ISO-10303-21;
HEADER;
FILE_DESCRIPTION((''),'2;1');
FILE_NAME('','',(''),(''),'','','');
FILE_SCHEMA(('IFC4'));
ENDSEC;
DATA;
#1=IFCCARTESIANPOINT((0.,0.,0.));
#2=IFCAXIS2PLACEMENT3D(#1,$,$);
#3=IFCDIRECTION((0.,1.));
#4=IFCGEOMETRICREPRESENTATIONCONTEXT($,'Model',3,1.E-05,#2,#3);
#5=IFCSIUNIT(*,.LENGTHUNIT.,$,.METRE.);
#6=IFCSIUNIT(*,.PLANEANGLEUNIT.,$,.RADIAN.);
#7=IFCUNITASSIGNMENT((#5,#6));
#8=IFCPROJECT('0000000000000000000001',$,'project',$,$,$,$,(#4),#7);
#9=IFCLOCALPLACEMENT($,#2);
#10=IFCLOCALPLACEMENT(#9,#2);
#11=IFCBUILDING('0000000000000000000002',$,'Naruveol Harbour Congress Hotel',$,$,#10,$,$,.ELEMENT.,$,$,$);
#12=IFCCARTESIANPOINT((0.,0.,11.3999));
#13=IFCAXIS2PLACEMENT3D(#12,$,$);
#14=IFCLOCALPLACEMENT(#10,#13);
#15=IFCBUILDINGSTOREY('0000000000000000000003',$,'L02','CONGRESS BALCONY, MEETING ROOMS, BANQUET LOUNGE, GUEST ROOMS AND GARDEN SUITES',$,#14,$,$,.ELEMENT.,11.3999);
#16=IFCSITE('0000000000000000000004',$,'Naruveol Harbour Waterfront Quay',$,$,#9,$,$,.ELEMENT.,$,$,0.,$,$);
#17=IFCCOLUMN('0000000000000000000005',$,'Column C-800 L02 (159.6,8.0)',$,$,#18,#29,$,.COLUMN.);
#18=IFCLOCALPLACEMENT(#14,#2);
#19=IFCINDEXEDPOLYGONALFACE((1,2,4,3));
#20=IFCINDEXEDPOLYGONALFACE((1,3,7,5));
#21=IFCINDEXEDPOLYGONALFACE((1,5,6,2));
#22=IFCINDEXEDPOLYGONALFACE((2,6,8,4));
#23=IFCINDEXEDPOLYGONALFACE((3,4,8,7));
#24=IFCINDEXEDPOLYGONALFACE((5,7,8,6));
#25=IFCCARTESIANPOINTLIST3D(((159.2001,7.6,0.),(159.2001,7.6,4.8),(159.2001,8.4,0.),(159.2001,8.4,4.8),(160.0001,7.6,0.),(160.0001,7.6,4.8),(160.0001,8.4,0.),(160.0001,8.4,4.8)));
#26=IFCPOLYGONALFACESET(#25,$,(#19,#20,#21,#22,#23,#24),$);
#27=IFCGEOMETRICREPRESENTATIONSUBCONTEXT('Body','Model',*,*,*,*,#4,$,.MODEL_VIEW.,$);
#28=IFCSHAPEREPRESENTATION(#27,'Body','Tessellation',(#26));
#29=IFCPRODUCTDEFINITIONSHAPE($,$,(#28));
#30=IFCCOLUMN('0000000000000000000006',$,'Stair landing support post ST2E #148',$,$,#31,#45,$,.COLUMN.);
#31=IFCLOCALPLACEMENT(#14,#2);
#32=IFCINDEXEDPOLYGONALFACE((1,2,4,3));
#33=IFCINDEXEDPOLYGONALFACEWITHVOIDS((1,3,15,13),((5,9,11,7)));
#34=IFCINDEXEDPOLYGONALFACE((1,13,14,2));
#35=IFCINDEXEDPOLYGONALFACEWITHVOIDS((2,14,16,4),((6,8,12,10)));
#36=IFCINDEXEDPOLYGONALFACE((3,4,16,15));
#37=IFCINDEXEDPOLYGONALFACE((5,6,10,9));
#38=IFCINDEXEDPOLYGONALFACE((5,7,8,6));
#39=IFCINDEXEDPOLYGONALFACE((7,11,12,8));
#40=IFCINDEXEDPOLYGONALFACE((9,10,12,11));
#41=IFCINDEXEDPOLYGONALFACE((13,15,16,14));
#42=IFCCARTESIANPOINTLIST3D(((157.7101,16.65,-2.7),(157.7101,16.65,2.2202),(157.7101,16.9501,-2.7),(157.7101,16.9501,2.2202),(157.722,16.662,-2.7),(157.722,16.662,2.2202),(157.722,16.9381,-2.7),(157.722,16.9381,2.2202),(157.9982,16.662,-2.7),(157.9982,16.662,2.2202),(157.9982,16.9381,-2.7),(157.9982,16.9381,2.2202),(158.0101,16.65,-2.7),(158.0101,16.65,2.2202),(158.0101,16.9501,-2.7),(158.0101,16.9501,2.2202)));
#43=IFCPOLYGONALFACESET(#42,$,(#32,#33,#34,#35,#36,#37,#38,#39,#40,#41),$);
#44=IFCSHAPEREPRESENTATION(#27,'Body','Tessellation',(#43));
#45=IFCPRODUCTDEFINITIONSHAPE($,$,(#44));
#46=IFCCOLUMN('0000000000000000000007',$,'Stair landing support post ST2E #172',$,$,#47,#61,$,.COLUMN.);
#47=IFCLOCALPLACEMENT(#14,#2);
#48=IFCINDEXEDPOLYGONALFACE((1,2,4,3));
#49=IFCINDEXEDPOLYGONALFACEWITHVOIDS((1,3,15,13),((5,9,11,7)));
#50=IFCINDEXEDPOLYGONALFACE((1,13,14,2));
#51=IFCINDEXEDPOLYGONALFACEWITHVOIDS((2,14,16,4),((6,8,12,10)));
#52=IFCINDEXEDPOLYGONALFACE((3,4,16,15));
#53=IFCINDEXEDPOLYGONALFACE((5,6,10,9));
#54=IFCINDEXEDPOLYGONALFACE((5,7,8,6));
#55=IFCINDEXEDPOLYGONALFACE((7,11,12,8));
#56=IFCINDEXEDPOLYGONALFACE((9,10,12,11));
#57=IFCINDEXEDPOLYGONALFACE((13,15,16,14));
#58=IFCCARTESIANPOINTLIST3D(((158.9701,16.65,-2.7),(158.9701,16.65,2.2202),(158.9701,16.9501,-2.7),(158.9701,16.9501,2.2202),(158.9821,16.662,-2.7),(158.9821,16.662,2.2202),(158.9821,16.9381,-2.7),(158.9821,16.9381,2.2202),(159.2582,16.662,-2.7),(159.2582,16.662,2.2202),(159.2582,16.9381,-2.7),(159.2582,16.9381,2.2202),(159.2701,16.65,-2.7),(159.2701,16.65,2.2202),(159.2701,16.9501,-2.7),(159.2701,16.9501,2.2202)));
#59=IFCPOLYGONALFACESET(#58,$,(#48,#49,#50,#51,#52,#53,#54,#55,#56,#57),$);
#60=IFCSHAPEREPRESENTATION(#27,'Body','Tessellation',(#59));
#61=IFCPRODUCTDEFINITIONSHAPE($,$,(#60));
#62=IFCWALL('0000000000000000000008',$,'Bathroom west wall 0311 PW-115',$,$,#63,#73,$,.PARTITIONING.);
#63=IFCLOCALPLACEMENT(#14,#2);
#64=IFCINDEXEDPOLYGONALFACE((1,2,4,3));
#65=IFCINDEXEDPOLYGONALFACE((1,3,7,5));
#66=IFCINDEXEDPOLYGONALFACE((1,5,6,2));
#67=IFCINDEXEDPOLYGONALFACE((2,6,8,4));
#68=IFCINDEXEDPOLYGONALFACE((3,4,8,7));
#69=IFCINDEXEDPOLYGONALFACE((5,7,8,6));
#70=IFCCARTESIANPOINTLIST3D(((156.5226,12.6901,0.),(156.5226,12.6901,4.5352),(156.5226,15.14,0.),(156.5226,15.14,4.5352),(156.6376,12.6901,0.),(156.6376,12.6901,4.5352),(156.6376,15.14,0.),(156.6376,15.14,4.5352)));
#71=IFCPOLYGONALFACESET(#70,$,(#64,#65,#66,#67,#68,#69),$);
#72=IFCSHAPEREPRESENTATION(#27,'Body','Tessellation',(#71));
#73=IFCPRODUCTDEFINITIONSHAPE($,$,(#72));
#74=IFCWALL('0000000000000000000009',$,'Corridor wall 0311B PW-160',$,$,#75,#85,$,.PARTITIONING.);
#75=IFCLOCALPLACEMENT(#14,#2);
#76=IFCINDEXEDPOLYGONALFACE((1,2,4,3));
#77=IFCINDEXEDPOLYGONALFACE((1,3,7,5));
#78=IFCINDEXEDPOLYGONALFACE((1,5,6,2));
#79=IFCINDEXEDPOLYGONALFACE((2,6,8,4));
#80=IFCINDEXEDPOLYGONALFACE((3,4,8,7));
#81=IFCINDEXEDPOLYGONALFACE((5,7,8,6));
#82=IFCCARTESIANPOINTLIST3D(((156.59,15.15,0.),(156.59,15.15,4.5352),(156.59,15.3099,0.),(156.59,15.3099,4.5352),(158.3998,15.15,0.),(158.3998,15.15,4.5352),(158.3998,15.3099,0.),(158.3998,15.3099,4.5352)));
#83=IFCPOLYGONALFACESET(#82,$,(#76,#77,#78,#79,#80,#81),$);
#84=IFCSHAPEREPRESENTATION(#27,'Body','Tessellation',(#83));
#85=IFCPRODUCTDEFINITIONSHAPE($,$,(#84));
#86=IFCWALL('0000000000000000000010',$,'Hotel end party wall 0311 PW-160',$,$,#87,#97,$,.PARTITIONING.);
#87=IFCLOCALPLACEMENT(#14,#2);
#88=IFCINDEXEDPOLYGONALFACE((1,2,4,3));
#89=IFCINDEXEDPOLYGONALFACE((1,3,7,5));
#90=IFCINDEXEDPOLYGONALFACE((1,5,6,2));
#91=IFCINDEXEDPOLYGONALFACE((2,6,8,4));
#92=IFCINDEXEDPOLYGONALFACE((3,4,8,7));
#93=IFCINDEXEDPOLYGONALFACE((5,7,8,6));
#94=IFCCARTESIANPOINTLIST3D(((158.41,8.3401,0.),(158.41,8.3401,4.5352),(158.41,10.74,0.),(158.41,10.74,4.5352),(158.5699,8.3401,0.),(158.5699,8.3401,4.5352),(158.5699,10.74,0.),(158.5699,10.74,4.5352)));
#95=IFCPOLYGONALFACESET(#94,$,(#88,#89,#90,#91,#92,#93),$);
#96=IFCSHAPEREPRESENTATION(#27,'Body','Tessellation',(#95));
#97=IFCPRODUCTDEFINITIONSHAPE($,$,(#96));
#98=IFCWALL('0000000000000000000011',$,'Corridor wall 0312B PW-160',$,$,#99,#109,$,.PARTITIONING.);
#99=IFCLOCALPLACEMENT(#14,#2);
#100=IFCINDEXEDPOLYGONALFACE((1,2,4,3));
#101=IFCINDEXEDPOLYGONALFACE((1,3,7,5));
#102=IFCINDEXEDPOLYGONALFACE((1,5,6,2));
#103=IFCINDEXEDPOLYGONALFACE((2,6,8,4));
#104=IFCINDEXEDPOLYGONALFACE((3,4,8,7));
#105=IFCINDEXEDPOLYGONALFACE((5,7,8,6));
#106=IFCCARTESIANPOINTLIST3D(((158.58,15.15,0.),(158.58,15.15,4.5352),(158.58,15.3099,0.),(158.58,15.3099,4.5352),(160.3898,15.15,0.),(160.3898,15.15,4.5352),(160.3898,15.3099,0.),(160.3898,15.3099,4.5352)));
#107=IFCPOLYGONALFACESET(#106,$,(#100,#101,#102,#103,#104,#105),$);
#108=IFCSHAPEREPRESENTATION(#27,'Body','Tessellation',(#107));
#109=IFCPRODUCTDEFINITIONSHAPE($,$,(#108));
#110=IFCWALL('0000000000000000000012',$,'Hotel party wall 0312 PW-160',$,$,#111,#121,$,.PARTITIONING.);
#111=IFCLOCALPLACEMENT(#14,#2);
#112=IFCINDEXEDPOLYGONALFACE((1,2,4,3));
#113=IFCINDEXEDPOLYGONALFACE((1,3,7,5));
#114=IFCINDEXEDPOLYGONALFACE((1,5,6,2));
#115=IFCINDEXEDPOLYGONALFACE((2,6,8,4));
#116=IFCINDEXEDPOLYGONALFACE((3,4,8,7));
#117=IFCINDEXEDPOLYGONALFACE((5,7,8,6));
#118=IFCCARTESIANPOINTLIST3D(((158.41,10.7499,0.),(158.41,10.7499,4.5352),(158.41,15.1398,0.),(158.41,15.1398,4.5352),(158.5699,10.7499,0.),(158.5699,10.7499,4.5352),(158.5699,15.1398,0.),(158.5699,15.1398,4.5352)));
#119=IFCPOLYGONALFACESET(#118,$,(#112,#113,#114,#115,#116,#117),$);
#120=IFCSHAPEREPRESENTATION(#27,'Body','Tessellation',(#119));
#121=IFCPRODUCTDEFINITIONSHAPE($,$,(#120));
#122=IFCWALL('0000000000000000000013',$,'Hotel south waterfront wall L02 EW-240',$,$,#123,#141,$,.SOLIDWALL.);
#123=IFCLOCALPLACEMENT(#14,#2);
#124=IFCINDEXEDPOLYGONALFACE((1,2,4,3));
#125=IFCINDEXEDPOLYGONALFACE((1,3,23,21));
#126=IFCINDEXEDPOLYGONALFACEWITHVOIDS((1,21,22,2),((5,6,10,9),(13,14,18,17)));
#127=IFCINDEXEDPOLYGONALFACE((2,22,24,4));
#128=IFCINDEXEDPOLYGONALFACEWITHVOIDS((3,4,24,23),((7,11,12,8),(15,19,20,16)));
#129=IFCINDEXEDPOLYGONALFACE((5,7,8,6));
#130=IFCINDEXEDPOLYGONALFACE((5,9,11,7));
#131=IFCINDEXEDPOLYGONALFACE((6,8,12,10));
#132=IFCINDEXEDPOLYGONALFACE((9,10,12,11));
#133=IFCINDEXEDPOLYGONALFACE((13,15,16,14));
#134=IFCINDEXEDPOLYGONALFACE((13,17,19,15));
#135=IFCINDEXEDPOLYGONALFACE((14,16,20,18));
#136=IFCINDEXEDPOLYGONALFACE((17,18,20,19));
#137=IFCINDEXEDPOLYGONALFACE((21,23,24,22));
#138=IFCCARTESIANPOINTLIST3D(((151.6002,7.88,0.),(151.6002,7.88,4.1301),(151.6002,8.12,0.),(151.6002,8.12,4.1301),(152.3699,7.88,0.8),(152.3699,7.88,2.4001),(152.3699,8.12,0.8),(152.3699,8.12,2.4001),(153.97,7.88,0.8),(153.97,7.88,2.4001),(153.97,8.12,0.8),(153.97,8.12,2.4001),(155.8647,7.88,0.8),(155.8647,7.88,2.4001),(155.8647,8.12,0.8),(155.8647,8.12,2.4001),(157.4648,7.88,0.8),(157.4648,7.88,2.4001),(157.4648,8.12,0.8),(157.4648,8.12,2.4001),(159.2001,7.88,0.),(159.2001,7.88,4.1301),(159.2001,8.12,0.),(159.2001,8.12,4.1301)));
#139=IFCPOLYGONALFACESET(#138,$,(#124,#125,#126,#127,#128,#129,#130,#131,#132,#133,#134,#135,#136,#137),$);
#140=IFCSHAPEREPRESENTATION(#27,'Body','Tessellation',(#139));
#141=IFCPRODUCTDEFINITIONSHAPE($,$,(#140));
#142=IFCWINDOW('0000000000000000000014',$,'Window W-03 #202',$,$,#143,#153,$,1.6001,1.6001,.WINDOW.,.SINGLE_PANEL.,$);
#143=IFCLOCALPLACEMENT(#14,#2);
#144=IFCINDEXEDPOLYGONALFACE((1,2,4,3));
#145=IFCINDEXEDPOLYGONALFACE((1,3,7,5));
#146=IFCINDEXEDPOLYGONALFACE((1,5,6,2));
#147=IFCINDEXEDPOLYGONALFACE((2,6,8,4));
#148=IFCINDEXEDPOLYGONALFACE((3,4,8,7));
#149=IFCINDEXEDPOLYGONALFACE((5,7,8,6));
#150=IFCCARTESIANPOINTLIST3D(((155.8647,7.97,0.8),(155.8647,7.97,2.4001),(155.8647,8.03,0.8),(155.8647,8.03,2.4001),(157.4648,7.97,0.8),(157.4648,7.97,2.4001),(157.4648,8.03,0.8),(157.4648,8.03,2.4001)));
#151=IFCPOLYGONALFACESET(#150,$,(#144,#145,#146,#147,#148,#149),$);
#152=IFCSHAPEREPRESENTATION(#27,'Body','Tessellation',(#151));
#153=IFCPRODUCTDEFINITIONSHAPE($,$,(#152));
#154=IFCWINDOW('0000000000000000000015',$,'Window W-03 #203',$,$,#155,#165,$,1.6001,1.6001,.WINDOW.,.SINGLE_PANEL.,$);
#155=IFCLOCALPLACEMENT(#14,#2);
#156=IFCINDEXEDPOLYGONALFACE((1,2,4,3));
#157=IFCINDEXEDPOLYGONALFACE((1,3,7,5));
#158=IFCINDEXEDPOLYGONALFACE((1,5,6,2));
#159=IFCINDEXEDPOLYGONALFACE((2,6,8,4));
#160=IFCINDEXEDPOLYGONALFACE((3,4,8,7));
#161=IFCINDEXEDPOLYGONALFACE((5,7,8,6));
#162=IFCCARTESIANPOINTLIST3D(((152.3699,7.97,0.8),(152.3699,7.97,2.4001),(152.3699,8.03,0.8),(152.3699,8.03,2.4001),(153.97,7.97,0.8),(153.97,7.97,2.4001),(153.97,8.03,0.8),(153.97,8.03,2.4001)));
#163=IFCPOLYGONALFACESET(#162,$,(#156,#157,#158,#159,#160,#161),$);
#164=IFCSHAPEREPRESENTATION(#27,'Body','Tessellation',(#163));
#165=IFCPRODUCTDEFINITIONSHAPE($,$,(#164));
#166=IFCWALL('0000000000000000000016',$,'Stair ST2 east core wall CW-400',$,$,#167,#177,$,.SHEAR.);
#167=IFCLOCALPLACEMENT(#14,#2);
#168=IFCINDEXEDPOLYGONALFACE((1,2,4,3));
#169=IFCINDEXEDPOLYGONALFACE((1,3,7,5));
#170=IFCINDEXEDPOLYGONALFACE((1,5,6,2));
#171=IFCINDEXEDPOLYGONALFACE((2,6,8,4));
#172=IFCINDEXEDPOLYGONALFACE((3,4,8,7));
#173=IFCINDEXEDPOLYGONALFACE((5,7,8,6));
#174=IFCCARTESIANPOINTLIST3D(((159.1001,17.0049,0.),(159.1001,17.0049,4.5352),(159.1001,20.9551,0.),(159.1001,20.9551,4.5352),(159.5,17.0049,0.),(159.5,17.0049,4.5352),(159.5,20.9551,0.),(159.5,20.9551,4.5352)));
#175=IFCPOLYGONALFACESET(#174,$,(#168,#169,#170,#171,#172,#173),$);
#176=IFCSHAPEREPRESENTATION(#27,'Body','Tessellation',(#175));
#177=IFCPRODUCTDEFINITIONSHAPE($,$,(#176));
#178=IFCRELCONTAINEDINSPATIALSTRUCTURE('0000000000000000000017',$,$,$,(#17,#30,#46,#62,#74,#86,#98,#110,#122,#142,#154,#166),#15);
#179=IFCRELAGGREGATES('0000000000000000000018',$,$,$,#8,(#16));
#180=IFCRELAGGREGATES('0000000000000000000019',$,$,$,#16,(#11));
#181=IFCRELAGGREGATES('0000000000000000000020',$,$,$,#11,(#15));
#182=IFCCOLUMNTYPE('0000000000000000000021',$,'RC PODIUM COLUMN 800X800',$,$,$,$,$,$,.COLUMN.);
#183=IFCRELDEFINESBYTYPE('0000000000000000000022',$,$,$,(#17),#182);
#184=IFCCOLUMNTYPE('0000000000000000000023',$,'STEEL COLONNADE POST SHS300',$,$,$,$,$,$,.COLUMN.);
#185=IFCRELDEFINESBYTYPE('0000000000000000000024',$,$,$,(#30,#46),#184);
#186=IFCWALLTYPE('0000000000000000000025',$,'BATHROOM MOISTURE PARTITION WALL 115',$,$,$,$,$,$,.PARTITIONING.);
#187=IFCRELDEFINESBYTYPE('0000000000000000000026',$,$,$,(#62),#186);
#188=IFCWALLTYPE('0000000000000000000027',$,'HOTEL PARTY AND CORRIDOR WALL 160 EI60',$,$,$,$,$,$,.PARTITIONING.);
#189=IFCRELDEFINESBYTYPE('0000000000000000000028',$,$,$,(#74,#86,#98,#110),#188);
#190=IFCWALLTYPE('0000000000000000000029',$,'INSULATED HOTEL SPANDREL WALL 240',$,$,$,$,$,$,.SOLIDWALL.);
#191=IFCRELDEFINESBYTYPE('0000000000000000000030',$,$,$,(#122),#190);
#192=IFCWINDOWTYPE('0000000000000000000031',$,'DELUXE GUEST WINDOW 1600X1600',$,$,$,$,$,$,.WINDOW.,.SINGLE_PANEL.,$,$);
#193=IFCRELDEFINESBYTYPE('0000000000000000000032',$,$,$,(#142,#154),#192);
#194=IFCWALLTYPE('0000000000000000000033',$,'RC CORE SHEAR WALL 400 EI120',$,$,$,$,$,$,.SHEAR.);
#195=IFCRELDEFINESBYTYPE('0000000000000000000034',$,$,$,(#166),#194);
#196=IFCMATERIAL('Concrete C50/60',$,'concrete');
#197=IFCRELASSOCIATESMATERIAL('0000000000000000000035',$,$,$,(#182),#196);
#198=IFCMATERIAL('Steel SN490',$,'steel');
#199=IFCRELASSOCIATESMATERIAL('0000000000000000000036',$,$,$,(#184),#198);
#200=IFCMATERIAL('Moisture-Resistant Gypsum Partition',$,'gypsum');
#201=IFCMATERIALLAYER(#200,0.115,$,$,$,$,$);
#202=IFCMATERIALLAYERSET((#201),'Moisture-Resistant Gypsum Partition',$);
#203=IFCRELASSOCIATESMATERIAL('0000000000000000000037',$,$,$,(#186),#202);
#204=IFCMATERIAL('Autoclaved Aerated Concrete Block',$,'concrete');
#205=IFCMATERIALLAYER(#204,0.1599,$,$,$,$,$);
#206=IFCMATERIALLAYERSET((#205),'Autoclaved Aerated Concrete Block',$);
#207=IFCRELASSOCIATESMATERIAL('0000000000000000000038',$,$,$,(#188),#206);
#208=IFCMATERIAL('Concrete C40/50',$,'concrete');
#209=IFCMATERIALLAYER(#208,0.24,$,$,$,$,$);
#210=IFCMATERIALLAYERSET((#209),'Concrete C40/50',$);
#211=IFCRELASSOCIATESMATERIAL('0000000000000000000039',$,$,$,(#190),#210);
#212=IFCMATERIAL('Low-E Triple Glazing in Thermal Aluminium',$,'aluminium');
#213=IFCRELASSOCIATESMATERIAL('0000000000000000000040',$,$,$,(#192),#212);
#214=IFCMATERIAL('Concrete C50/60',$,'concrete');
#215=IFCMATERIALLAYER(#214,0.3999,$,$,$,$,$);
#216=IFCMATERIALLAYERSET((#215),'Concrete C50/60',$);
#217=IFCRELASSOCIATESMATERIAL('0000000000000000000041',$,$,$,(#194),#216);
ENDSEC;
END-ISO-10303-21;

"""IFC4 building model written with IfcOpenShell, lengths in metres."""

from ifc_helpers import new_model, si_unit, direction, frame, frame_2d, origin, origin_2d, place, context, subcontext, project, spatial, rectangle, hollow_rectangle, extrude, material, layer, layer_set, material_profile, profile_set, type_object, element, fill, save


model = new_model("IFC4")

# Units and contexts
model_context = context("Model", 3, precision=1e-05, world=origin(), true_north=direction((0.0, 1.0)))
body_context = subcontext(model_context, "Body", "Model", "MODEL_VIEW")
ifc_project = project(units=[si_unit("LENGTHUNIT", "METRE"), si_unit("PLANEANGLEUNIT", "RADIAN")], contexts=[model_context])

# Site, building, storey
site_placement = place(None, origin())
site = spatial("IfcSite", under=ifc_project, at=site_placement, Name="Naruveol Harbour Waterfront Quay", CompositionType="ELEMENT", RefElevation=0.0)
building_placement = place(site_placement, origin())
building = spatial("IfcBuilding", under=site, at=building_placement, Name="Naruveol Harbour Congress Hotel", CompositionType="ELEMENT")
storey_placement = place(building_placement, frame((0.0, 0.0, 11.3999)))
storey = spatial("IfcBuildingStorey", under=building, at=storey_placement, Name="L02", Description="CONGRESS BALCONY, MEETING ROOMS, BANQUET LOUNGE, GUEST ROOMS AND GARDEN SUITES", CompositionType="ELEMENT", Elevation=11.3999)

# Columns
ifc_material_1 = material(Name="Concrete C50/60", Category="concrete")
ifc_material_profile_1 = material_profile(ifc_material_1, rectangle(XDim=0.8, YDim=0.8, at=origin_2d()), Name="RC-800x800")
ifc_profile_set_1 = profile_set([ifc_material_profile_1], Name="Concrete C50/60")
column_type_1 = type_object("IfcColumnType", Name="RC PODIUM COLUMN 800X800", PredefinedType="COLUMN", material=ifc_profile_set_1)
column_placement = place(storey_placement, frame((159.6001, 8.0, 0.0), z_axis=(0.0, 0.0, 1.0), x_axis=(1.0, 0.0, 0.0)))
element("IfcColumn", 1, at=column_placement, inside=storey, type_object=column_type_1, Name="Column C-800 L02 (159.6,8.0)", PredefinedType="COLUMN", context=body_context, shape_type="SweptSolid", body=[
    extrude(rectangle(XDim=0.8, YDim=0.8, at=origin_2d()), origin(), (0.0, 0.0, 1.0), 4.8),
])
ifc_material_2 = material(Name="Steel SN490", Category="steel")
ifc_material_profile_2 = material_profile(ifc_material_2, hollow_rectangle(XDim=0.3, YDim=0.3, WallThickness=0.012, at=origin_2d()), Name="SHS-300x300x12")
ifc_profile_set_2 = profile_set([ifc_material_profile_2], Name="Steel SN490")
column_type_2 = type_object("IfcColumnType", Name="STEEL COLONNADE POST SHS300", PredefinedType="COLUMN", material=ifc_profile_set_2)
for number, where, z_axis, x_axis, name in (
    (2, (157.8601, 16.8, -2.7), (0.0, 0.0, 1.0), (1.0, 0.0, 0.0), "Stair landing support post ST2E #148"),
    (3, (159.1201, 16.8, -2.7), (0.0, 0.0, 1.0), (1.0, 0.0, 0.0), "Stair landing support post ST2E #172"),
):
    element("IfcColumn", number, at=place(storey_placement, frame(where, z_axis=z_axis, x_axis=x_axis)), inside=storey, type_object=column_type_2, Name=name, PredefinedType="COLUMN", context=body_context, shape_type="SweptSolid", body=[
        extrude(hollow_rectangle(XDim=0.3, YDim=0.3, WallThickness=0.012, at=origin_2d()), origin(), (0.0, 0.0, 1.0), 4.9202),
    ])

# Wall
ifc_material_3 = material(Name="Moisture-Resistant Gypsum Partition", Category="gypsum")
ifc_layer_1 = layer(ifc_material_3, 0.115)
ifc_layer_set_1 = layer_set([ifc_layer_1], Name="Moisture-Resistant Gypsum Partition")
wall_type_1 = type_object("IfcWallType", Name="BATHROOM MOISTURE PARTITION WALL 115", PredefinedType="PARTITIONING", material=ifc_layer_set_1)
wall_1_placement = place(storey_placement, frame((156.5801, 12.6899, 0.0), z_axis=(0.0, 0.0, 1.0), x_axis=(0.0, 1.0, 0.0)))
element("IfcWall", 4, at=wall_1_placement, inside=storey, type_object=wall_type_1, Name="Bathroom west wall 0311 PW-115", PredefinedType="PARTITIONING", context=body_context, shape_type="SweptSolid", body=[
    extrude(rectangle(XDim=2.45, YDim=0.115, at=frame_2d((1.2251, 0.0))), origin(), (0.0, 0.0, 1.0), 4.5352),
])

# Walls
ifc_material_4 = material(Name="Autoclaved Aerated Concrete Block", Category="concrete")
ifc_layer_2 = layer(ifc_material_4, 0.1599)
ifc_layer_set_2 = layer_set([ifc_layer_2], Name="Autoclaved Aerated Concrete Block")
wall_type_2 = type_object("IfcWallType", Name="HOTEL PARTY AND CORRIDOR WALL 160 EI60", PredefinedType="PARTITIONING", material=ifc_layer_set_2)
wall_2_placement = place(storey_placement, frame((156.5901, 15.23, 0.0), z_axis=(0.0, 0.0, 1.0), x_axis=(1.0, 0.0, 0.0)))
element("IfcWall", 5, at=wall_2_placement, inside=storey, type_object=wall_type_2, Name="Corridor wall 0311B PW-160", PredefinedType="PARTITIONING", context=body_context, shape_type="SweptSolid", body=[
    extrude(rectangle(XDim=1.8098, YDim=0.1599, at=frame_2d((0.9048, 0.0))), origin(), (0.0, 0.0, 1.0), 4.5352),
])
wall_3_placement = place(storey_placement, frame((158.49, 8.3401, 0.0), z_axis=(0.0, 0.0, 1.0), x_axis=(0.0, 1.0, 0.0)))
element("IfcWall", 6, at=wall_3_placement, inside=storey, type_object=wall_type_2, Name="Hotel end party wall 0311 PW-160", PredefinedType="PARTITIONING", context=body_context, shape_type="SweptSolid", body=[
    extrude(rectangle(XDim=2.3999, YDim=0.1599, at=frame_2d((1.2, 0.0))), origin(), (0.0, 0.0, 1.0), 4.5352),
])
wall_4_placement = place(storey_placement, frame((158.5801, 15.23, 0.0), z_axis=(0.0, 0.0, 1.0), x_axis=(1.0, 0.0, 0.0)))
element("IfcWall", 7, at=wall_4_placement, inside=storey, type_object=wall_type_2, Name="Corridor wall 0312B PW-160", PredefinedType="PARTITIONING", context=body_context, shape_type="SweptSolid", body=[
    extrude(rectangle(XDim=1.8098, YDim=0.1599, at=frame_2d((0.9048, 0.0))), origin(), (0.0, 0.0, 1.0), 4.5352),
])
wall_5_placement = place(storey_placement, frame((158.49, 10.75, 0.0), z_axis=(0.0, 0.0, 1.0), x_axis=(0.0, 1.0, 0.0)))
element("IfcWall", 8, at=wall_5_placement, inside=storey, type_object=wall_type_2, Name="Hotel party wall 0312 PW-160", PredefinedType="PARTITIONING", context=body_context, shape_type="SweptSolid", body=[
    extrude(rectangle(XDim=4.3899, YDim=0.1599, at=frame_2d((2.1948, 0.0))), origin(), (0.0, 0.0, 1.0), 4.5352),
])

# Wall, openings, windows
ifc_material_5 = material(Name="Concrete C40/50", Category="concrete")
ifc_layer_3 = layer(ifc_material_5, 0.24)
ifc_layer_set_3 = layer_set([ifc_layer_3], Name="Concrete C40/50")
wall_type_3 = type_object("IfcWallType", Name="INSULATED HOTEL SPANDREL WALL 240", PredefinedType="SOLIDWALL", material=ifc_layer_set_3)
wall_6_placement = place(storey_placement, frame((159.2, 8.0, 0.0), z_axis=(0.0, 0.0, 1.0), x_axis=(-1.0, 0.0, 0.0)))
wall_6 = element("IfcWall", 9, at=wall_6_placement, inside=storey, type_object=wall_type_3, Name="Hotel south waterfront wall L02 EW-240", PredefinedType="SOLIDWALL", context=body_context, shape_type="SweptSolid", body=[
    extrude(rectangle(XDim=7.5999, YDim=0.24, at=frame_2d((3.7998, 0.0))), origin(), (0.0, 0.0, 1.0), 4.1301),
])
opening_1_placement = place(wall_6_placement, frame((1.7351, 0.0, 0.8)))
opening_1 = element("IfcOpeningElement", 10, at=opening_1_placement, cuts=wall_6, PredefinedType="OPENING", context=body_context, shape_type="SweptSolid", body=[
    extrude(rectangle(XDim=1.6001, YDim=1.6001, at=frame_2d((0.8, 0.8))), frame((0.0, 0.1299, 0.0), z_axis=(0.0, -1.0, 0.0), x_axis=(1.0, 0.0, 0.0)), (0.0, 0.0, 1.0), 0.26),
])
opening_2_placement = place(wall_6_placement, frame((5.23, 0.0, 0.8)))
opening_2 = element("IfcOpeningElement", 11, at=opening_2_placement, cuts=wall_6, PredefinedType="OPENING", context=body_context, shape_type="SweptSolid", body=[
    extrude(rectangle(XDim=1.6001, YDim=1.6001, at=frame_2d((0.8, 0.8))), frame((0.0, 0.1299, 0.0), z_axis=(0.0, -1.0, 0.0), x_axis=(1.0, 0.0, 0.0)), (0.0, 0.0, 1.0), 0.26),
])
ifc_material_6 = material(Name="Low-E Triple Glazing in Thermal Aluminium", Category="aluminium")
window_type = type_object("IfcWindowType", Name="DELUXE GUEST WINDOW 1600X1600", PartitioningType="SINGLE_PANEL", PredefinedType="WINDOW", material=ifc_material_6)
window_1_placement = place(opening_1_placement, origin())
window_1 = element("IfcWindow", 12, at=window_1_placement, inside=storey, type_object=window_type, Name="Window W-03 #202", OverallHeight=1.6001, OverallWidth=1.6001, PartitioningType="SINGLE_PANEL", PredefinedType="WINDOW", context=body_context, shape_type="SweptSolid", body=[
    extrude(rectangle(XDim=1.6001, YDim=1.6001, at=frame_2d((0.8, 0.8))), frame((0.0, 0.03, 0.0), z_axis=(0.0, -1.0, 0.0), x_axis=(1.0, 0.0, 0.0)), (0.0, 0.0, 1.0), 0.0601),
])
fill(opening_1, window_1)
window_2_placement = place(opening_2_placement, origin())
window_2 = element("IfcWindow", 13, at=window_2_placement, inside=storey, type_object=window_type, Name="Window W-03 #203", OverallHeight=1.6001, OverallWidth=1.6001, PartitioningType="SINGLE_PANEL", PredefinedType="WINDOW", context=body_context, shape_type="SweptSolid", body=[
    extrude(rectangle(XDim=1.6001, YDim=1.6001, at=frame_2d((0.8, 0.8))), frame((0.0, 0.03, 0.0), z_axis=(0.0, -1.0, 0.0), x_axis=(1.0, 0.0, 0.0)), (0.0, 0.0, 1.0), 0.0601),
])
fill(opening_2, window_2)

# Wall
ifc_material_7 = material(Name="Concrete C50/60", Category="concrete")
ifc_layer_4 = layer(ifc_material_7, 0.3999)
ifc_layer_set_4 = layer_set([ifc_layer_4], Name="Concrete C50/60")
wall_type_4 = type_object("IfcWallType", Name="RC CORE SHEAR WALL 400 EI120", PredefinedType="SHEAR", material=ifc_layer_set_4)
wall_7_placement = place(storey_placement, frame((159.3, 17.0049, 0.0), z_axis=(0.0, 0.0, 1.0), x_axis=(0.0, 1.0, 0.0)))
element("IfcWall", 14, at=wall_7_placement, inside=storey, type_object=wall_type_4, Name="Stair ST2 east core wall CW-400", PredefinedType="SHEAR", context=body_context, shape_type="SweptSolid", body=[
    extrude(rectangle(XDim=3.9502, YDim=0.3999, at=frame_2d((1.9751, 0.0))), origin(), (0.0, 0.0, 1.0), 4.5352),
])

save(model, "model.ifc")
